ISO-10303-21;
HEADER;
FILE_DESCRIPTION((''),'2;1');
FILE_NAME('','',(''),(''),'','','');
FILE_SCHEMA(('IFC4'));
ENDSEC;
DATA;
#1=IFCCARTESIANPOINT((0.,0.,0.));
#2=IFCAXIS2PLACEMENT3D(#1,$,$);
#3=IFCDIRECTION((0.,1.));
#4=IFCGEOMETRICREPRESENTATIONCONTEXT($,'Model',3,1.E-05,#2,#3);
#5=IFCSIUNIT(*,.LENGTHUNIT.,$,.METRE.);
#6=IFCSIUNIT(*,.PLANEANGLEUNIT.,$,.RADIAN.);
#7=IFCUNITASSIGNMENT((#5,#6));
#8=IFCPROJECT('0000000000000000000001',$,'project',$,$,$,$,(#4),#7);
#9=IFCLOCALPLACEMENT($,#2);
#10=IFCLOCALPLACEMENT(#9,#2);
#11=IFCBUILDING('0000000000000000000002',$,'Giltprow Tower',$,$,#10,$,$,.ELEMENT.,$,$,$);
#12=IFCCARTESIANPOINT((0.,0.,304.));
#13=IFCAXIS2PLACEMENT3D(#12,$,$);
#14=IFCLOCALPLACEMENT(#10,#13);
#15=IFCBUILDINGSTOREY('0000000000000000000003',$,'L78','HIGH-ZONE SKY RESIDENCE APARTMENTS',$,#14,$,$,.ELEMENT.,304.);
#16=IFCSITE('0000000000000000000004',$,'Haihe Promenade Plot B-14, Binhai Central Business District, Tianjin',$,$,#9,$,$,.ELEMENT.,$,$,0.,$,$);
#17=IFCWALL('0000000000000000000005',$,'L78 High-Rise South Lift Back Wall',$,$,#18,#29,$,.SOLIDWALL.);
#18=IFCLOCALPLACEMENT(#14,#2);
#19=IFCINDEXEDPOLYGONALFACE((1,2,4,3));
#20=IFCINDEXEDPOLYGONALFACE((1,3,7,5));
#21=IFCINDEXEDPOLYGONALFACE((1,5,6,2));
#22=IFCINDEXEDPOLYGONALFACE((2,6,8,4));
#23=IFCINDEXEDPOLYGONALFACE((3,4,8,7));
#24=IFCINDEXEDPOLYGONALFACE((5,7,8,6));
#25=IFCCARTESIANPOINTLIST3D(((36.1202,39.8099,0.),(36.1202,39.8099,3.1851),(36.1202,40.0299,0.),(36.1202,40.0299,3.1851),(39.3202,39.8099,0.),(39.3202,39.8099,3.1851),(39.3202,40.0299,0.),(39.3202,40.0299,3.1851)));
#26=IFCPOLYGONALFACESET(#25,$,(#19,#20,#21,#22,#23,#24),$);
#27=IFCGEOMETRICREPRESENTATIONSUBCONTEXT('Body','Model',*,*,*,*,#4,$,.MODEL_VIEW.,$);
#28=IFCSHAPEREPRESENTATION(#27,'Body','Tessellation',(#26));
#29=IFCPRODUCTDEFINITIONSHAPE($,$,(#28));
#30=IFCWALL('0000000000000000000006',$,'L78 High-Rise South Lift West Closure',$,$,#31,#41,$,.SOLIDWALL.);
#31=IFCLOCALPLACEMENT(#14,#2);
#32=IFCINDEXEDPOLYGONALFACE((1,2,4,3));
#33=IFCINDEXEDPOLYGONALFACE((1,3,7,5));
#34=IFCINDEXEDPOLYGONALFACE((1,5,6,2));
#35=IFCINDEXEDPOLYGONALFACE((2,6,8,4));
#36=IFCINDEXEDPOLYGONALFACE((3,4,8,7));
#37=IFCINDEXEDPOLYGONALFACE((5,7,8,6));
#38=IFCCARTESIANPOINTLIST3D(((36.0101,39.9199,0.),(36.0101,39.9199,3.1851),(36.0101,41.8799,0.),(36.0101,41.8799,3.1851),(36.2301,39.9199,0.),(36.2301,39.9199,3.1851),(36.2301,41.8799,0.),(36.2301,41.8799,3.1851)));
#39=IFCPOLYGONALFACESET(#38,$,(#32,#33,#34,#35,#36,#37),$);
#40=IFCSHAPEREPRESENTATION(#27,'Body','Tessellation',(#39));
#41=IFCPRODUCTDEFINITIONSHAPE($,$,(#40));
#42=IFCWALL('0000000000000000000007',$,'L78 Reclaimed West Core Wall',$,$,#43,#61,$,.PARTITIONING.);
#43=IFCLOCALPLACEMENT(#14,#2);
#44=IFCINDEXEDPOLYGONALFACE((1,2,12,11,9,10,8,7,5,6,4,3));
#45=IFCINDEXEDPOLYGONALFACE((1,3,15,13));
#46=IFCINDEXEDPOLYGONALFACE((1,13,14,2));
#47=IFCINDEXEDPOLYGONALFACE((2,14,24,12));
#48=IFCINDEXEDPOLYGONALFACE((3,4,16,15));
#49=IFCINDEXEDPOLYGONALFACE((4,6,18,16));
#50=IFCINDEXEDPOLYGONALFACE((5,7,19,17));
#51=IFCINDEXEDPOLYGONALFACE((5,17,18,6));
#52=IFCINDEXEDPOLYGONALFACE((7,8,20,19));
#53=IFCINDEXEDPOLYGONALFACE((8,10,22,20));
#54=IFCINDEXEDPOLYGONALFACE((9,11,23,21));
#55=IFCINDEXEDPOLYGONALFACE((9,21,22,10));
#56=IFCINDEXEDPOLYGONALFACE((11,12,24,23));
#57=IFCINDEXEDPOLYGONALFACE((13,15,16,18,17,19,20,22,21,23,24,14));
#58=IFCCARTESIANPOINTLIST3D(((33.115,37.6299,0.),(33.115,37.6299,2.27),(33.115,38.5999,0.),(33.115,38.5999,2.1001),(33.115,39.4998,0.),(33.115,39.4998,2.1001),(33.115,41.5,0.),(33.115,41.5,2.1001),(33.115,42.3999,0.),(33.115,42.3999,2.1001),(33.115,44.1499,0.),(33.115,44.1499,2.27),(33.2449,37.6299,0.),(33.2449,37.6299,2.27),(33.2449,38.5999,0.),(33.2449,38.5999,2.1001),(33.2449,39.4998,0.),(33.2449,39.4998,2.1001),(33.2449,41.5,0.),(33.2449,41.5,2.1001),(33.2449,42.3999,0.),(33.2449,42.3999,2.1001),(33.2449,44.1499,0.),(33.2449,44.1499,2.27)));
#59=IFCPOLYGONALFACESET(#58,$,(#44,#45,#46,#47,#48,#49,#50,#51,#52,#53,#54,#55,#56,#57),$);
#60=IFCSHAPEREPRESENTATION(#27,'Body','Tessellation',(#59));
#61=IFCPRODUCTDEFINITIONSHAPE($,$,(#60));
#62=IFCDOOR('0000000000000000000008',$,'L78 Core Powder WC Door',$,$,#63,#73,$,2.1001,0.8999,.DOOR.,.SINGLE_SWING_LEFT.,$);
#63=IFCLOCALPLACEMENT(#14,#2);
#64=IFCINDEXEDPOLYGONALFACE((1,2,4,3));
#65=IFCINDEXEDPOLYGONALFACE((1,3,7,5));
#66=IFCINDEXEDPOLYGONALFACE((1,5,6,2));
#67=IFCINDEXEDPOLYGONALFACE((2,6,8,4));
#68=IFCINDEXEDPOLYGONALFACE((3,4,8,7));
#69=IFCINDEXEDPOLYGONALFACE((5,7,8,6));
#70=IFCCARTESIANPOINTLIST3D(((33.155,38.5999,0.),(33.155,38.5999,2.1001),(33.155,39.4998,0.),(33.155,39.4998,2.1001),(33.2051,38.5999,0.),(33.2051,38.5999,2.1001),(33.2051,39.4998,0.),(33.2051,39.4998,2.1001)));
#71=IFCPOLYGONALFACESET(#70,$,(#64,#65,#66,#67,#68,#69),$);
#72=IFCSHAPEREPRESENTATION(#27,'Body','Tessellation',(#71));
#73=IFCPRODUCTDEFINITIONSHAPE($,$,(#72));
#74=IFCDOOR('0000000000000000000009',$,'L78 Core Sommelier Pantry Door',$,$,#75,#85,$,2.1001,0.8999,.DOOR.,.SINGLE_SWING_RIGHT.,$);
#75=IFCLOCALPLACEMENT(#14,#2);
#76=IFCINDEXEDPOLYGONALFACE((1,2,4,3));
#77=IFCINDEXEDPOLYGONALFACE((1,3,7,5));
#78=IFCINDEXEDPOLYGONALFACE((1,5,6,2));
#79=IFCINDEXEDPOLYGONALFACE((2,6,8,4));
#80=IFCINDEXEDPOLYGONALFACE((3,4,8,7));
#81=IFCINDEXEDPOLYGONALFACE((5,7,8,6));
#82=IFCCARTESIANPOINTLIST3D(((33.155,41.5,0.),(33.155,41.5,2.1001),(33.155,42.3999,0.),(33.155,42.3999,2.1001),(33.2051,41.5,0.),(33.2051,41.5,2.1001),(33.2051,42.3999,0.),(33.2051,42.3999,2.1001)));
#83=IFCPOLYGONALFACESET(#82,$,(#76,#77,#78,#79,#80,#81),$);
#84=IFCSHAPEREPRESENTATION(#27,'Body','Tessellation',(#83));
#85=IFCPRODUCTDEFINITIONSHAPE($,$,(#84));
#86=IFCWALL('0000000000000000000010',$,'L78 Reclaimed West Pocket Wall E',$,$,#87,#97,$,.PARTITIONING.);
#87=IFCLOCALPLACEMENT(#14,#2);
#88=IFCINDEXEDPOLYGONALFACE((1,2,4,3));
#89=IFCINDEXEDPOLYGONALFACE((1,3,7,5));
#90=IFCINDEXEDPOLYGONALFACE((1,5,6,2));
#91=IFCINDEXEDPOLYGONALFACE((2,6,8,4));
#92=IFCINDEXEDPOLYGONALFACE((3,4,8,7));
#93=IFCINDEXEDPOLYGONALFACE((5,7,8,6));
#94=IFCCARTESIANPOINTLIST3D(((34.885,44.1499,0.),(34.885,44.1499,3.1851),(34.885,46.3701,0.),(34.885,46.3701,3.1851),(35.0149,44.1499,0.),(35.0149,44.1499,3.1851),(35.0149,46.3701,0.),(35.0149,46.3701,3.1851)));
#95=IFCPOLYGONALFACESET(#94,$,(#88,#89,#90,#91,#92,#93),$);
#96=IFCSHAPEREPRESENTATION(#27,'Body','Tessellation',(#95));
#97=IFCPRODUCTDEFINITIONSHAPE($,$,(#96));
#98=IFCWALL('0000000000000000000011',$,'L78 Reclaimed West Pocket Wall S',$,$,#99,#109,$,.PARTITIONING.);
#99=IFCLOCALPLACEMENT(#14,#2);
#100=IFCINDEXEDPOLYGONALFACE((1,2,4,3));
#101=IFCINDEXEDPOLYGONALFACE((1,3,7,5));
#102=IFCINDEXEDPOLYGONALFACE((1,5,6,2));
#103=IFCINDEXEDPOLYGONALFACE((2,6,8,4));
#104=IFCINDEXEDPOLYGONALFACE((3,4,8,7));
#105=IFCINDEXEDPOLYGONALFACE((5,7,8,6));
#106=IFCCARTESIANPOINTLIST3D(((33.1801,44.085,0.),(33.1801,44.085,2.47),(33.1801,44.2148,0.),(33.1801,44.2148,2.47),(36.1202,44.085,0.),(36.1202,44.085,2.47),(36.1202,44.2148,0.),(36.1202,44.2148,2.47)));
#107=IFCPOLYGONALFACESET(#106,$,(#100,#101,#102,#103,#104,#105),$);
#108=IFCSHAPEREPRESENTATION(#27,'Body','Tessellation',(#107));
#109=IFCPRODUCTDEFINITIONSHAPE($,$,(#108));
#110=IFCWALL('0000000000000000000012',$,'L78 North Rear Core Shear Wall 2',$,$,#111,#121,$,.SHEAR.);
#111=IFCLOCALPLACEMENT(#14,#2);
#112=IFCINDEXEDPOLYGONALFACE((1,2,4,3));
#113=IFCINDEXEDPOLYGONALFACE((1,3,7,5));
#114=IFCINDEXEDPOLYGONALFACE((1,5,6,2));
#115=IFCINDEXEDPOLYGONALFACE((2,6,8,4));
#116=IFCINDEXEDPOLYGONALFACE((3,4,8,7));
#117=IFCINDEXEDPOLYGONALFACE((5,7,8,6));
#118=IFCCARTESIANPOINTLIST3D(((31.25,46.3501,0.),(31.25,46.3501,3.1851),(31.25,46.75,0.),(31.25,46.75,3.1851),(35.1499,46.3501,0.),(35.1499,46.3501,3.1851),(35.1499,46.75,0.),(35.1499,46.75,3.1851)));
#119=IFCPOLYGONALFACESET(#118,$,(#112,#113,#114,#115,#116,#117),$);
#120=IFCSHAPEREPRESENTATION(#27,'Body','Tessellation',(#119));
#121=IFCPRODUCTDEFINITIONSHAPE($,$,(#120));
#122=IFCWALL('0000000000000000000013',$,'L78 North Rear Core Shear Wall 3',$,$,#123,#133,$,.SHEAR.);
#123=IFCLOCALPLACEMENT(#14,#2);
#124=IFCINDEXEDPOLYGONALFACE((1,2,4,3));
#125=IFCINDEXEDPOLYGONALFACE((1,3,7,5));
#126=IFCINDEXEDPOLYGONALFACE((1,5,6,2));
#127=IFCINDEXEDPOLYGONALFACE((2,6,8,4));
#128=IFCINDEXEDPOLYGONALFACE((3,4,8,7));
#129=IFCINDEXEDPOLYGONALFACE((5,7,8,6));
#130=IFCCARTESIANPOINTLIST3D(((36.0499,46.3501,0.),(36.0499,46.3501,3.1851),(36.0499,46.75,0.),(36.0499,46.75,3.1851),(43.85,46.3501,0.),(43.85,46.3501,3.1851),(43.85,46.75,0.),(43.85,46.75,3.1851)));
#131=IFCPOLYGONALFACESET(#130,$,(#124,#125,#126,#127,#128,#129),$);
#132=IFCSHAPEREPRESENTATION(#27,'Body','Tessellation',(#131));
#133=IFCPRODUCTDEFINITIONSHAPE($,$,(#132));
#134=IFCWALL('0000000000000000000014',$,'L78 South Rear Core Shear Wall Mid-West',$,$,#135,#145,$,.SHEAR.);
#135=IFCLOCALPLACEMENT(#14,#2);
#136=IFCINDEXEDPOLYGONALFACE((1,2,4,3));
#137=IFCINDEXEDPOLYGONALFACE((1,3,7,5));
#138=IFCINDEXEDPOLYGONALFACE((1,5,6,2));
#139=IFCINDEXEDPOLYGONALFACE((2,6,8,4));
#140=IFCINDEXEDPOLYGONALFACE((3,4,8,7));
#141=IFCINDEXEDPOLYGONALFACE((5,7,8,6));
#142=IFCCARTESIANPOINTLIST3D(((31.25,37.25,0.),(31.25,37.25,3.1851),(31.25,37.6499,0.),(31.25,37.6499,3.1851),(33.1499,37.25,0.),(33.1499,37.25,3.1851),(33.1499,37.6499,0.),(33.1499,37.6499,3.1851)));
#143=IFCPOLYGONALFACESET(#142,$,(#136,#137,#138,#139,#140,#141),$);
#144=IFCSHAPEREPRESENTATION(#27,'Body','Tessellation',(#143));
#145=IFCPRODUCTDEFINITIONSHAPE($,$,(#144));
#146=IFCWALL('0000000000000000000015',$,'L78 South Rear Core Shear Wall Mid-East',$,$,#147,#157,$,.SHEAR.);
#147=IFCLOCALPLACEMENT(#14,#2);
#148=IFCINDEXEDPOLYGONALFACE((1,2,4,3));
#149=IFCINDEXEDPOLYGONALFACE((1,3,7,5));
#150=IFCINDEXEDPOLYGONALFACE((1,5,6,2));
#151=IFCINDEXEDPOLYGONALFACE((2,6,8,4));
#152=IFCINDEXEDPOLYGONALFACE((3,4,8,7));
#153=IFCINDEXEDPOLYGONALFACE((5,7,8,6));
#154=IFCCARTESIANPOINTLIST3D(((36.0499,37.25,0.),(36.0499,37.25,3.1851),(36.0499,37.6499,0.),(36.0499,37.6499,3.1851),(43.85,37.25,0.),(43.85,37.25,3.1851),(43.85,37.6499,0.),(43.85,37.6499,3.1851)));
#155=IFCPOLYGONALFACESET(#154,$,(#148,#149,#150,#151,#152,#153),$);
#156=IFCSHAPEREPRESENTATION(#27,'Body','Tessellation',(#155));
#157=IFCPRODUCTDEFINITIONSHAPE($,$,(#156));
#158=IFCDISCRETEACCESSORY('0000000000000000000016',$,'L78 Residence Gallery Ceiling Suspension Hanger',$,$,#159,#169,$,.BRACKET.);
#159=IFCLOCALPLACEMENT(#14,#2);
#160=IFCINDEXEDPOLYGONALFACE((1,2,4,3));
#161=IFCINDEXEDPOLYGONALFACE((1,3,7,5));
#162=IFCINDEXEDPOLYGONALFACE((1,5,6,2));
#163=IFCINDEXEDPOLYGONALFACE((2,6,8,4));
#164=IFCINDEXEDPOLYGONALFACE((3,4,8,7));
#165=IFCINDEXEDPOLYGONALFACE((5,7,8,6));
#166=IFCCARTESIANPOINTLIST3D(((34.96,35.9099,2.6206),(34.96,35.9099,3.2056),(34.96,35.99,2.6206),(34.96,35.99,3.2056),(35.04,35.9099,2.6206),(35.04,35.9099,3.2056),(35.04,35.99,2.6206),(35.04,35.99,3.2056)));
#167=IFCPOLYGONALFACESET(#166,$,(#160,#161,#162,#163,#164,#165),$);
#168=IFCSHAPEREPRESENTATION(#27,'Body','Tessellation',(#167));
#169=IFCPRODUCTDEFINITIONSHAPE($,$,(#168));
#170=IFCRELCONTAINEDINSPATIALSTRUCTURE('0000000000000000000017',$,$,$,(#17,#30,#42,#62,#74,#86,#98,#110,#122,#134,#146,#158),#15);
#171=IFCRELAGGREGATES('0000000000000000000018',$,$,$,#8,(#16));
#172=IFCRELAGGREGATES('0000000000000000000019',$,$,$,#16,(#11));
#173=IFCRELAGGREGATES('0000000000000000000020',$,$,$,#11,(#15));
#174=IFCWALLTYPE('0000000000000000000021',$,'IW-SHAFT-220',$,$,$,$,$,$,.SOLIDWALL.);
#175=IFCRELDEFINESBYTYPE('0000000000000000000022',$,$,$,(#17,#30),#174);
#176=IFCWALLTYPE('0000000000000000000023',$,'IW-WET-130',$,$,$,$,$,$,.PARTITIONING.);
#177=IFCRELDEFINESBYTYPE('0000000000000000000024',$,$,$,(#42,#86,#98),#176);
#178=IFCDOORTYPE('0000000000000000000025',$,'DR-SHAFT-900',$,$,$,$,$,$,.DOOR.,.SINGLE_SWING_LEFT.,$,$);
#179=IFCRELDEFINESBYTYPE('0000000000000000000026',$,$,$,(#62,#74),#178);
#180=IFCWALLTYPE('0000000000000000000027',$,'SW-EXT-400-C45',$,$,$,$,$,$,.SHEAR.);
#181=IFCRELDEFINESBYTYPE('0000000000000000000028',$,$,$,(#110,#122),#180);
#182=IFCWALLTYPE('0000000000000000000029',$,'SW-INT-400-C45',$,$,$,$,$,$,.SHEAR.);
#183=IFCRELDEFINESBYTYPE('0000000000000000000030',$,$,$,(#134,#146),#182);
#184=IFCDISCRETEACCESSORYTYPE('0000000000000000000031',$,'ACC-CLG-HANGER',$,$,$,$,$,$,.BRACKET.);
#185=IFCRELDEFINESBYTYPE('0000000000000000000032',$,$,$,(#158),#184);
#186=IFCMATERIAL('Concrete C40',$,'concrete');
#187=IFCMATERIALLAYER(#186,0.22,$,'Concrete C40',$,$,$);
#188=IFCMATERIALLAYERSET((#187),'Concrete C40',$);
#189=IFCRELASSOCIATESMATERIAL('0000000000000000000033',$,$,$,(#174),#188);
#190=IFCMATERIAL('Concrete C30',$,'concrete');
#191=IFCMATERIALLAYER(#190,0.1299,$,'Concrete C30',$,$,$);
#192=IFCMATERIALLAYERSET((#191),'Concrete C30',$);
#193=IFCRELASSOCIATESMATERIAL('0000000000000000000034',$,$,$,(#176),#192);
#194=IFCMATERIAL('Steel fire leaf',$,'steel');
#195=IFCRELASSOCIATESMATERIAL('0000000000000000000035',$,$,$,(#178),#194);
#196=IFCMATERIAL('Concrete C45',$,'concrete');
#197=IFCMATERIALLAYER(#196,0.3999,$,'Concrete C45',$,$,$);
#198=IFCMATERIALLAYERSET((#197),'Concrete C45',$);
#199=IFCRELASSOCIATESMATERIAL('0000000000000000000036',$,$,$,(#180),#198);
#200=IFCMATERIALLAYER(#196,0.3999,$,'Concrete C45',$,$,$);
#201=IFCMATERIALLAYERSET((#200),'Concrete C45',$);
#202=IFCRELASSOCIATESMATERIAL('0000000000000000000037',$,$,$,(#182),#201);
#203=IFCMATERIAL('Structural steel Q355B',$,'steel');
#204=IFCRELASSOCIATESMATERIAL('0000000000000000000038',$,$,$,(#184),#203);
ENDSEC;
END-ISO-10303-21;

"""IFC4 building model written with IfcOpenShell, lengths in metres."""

from ifc_helpers import new_model, si_unit, direction, frame, frame_2d, origin, origin_2d, place, context, subcontext, project, spatial, rectangle, extrude, source, transform, mapped, material, layer, layer_set, type_object, element, fill, save


model = new_model("IFC4")

# Units and contexts
model_context = context("Model", 3, precision=1e-05, world=origin(), true_north=direction((0.0, 1.0)))
body_context = subcontext(model_context, "Body", "Model", "MODEL_VIEW")
ifc_project = project(units=[si_unit("LENGTHUNIT", "METRE"), si_unit("PLANEANGLEUNIT", "RADIAN")], contexts=[model_context])

# Site, building, storey
site_placement = place(None, origin())
site = spatial("IfcSite", under=ifc_project, at=site_placement, Name="Haihe Promenade Plot B-14, Binhai Central Business District, Tianjin", CompositionType="ELEMENT", RefElevation=0.0)
building_placement = place(site_placement, origin())
building = spatial("IfcBuilding", under=site, at=building_placement, Name="Giltprow Tower", CompositionType="ELEMENT")
storey_placement = place(building_placement, frame((0.0, 0.0, 304.0)))
storey = spatial("IfcBuildingStorey", under=building, at=storey_placement, Name="L78", Description="HIGH-ZONE SKY RESIDENCE APARTMENTS", CompositionType="ELEMENT", Elevation=304.0)

# Shared definitions
ifc_material_1 = material(Name="Concrete C45", Category="concrete")

# Shared definitions
ifc_material_2 = material(Name="Structural steel Q355B", Category="steel")

# Shared definitions
ifc_material_3 = material(Name="Concrete C40", Category="concrete")
ifc_layer_1 = layer(ifc_material_3, 0.22, Name="Concrete C40")
ifc_layer_set_1 = layer_set([ifc_layer_1], Name="Concrete C40")
wall_type_1 = type_object("IfcWallType", Name="IW-SHAFT-220", PredefinedType="SOLIDWALL", material=ifc_layer_set_1)

# Walls
wall_1_placement = place(storey_placement, frame((36.1201, 39.9199, 0.0), z_axis=(0.0, 0.0, 1.0), x_axis=(1.0, 0.0, 0.0)))
element("IfcWall", 1, at=wall_1_placement, inside=storey, type_object=wall_type_1, Name="L78 High-Rise South Lift Back Wall", PredefinedType="SOLIDWALL", context=body_context, shape_type="SweptSolid", body=[
    extrude(rectangle(XDim=3.2, YDim=0.22, at=frame_2d((1.6001, 0.0))), origin(), (0.0, 0.0, 1.0), 3.1851),
])
wall_2_placement = place(storey_placement, frame((36.1201, 39.9199, 0.0), z_axis=(0.0, 0.0, 1.0), x_axis=(0.0, 1.0, 0.0)))
element("IfcWall", 2, at=wall_2_placement, inside=storey, type_object=wall_type_1, Name="L78 High-Rise South Lift West Closure", PredefinedType="SOLIDWALL", context=body_context, shape_type="SweptSolid", body=[
    extrude(rectangle(XDim=1.96, YDim=0.22, at=frame_2d((0.98, 0.0))), origin(), (0.0, 0.0, 1.0), 3.1851),
])

# Wall, openings, doors
ifc_material_4 = material(Name="Concrete C30", Category="concrete")
ifc_layer_2 = layer(ifc_material_4, 0.1299, Name="Concrete C30")
ifc_layer_set_2 = layer_set([ifc_layer_2], Name="Concrete C30")
wall_type_2 = type_object("IfcWallType", Name="IW-WET-130", PredefinedType="PARTITIONING", material=ifc_layer_set_2)
wall_3_placement = place(storey_placement, frame((33.1799, 37.6299, 0.0), z_axis=(0.0, 0.0, 1.0), x_axis=(0.0, 1.0, 0.0)))
wall_3 = element("IfcWall", 3, at=wall_3_placement, inside=storey, type_object=wall_type_2, Name="L78 Reclaimed West Core Wall", PredefinedType="PARTITIONING", context=body_context, shape_type="SweptSolid", body=[
    extrude(rectangle(XDim=6.52, YDim=0.1299, at=frame_2d((3.26, 0.0))), origin(), (0.0, 0.0, 1.0), 2.27),
])
opening_1_placement = place(wall_3_placement, frame((0.97, 0.0, 0.0)))
opening_1 = element("IfcOpeningElement", 4, at=opening_1_placement, cuts=wall_3, PredefinedType="OPENING", context=body_context, shape_type="SweptSolid", body=[
    extrude(rectangle(XDim=0.8999, YDim=2.1001, at=frame_2d((0.45, 1.05))), frame((0.0, 0.075, 0.0), z_axis=(0.0, -1.0, 0.0), x_axis=(1.0, 0.0, 0.0)), (0.0, 0.0, 1.0), 0.1499),
])
opening_2_placement = place(wall_3_placement, frame((3.8701, 0.0, 0.0)))
opening_2 = element("IfcOpeningElement", 5, at=opening_2_placement, cuts=wall_3, PredefinedType="OPENING", context=body_context, shape_type="SweptSolid", body=[
    extrude(rectangle(XDim=0.8999, YDim=2.1001, at=frame_2d((0.45, 1.05))), frame((0.0, 0.075, 0.0), z_axis=(0.0, -1.0, 0.0), x_axis=(1.0, 0.0, 0.0)), (0.0, 0.0, 1.0), 0.1499),
])
ifc_material_5 = material(Name="Steel fire leaf", Category="steel")
door_type_1 = type_object("IfcDoorType", Name="DR-SHAFT-900", OperationType="SINGLE_SWING_LEFT", PredefinedType="DOOR", material=ifc_material_5)
shared_shape_1 = source(origin(), body_context, "Body", "SweptSolid", [
    extrude(rectangle(XDim=0.8999, YDim=2.1001, at=frame_2d((0.45, 1.05))), frame((0.0, 0.0249, 0.0), z_axis=(0.0, -1.0, 0.0), x_axis=(1.0, 0.0, 0.0)), (0.0, 0.0, 1.0), 0.05),
])
door_1_placement = place(opening_1_placement, origin())
door_1 = element("IfcDoor", 6, at=door_1_placement, inside=storey, type_object=door_type_1, Name="L78 Core Powder WC Door", OperationType="SINGLE_SWING_LEFT", OverallHeight=2.1001, OverallWidth=0.8999, PredefinedType="DOOR", context=body_context, shape_type="MappedRepresentation", body=[
    mapped(shared_shape_1, transform((0.0, 0.0, 0.0), x_axis=(1.0, 0.0, 0.0), y_axis=(0.0, 1.0, 0.0), z_axis=(0.0, 0.0, 1.0), scale=1.0)),
])
fill(opening_1, door_1)
door_2_placement = place(opening_2_placement, origin())
door_2 = element("IfcDoor", 7, at=door_2_placement, inside=storey, type_object=door_type_1, Name="L78 Core Sommelier Pantry Door", OperationType="SINGLE_SWING_RIGHT", OverallHeight=2.1001, OverallWidth=0.8999, PredefinedType="DOOR", context=body_context, shape_type="MappedRepresentation", body=[
    mapped(shared_shape_1, transform((0.0, 0.0, 0.0), x_axis=(1.0, 0.0, 0.0), y_axis=(0.0, 1.0, 0.0), z_axis=(0.0, 0.0, 1.0), scale=1.0)),
])
fill(opening_2, door_2)

# Walls
wall_4_placement = place(storey_placement, frame((34.95, 44.1499, 0.0), z_axis=(0.0, 0.0, 1.0), x_axis=(0.0, 1.0, 0.0)))
element("IfcWall", 8, at=wall_4_placement, inside=storey, type_object=wall_type_2, Name="L78 Reclaimed West Pocket Wall E", PredefinedType="PARTITIONING", context=body_context, shape_type="SweptSolid", body=[
    extrude(rectangle(XDim=2.2202, YDim=0.1299, at=frame_2d((1.1101, 0.0))), origin(), (0.0, 0.0, 1.0), 3.1851),
])
wall_5_placement = place(storey_placement, frame((33.1799, 44.1499, 0.0), z_axis=(0.0, 0.0, 1.0), x_axis=(1.0, 0.0, 0.0)))
element("IfcWall", 9, at=wall_5_placement, inside=storey, type_object=wall_type_2, Name="L78 Reclaimed West Pocket Wall S", PredefinedType="PARTITIONING", context=body_context, shape_type="SweptSolid", body=[
    extrude(rectangle(XDim=2.9402, YDim=0.1299, at=frame_2d((1.4702, 0.0))), origin(), (0.0, 0.0, 1.0), 2.47),
])
ifc_layer_3 = layer(ifc_material_1, 0.3999, Name="Concrete C45")
ifc_layer_set_3 = layer_set([ifc_layer_3], Name="Concrete C45")
wall_type_3 = type_object("IfcWallType", Name="SW-EXT-400-C45", PredefinedType="SHEAR", material=ifc_layer_set_3)
wall_6_placement = place(storey_placement, frame((31.25, 46.55, 0.0), z_axis=(0.0, 0.0, 1.0), x_axis=(1.0, 0.0, 0.0)))
element("IfcWall", 10, at=wall_6_placement, inside=storey, type_object=wall_type_3, Name="L78 North Rear Core Shear Wall 2", PredefinedType="SHEAR", context=body_context, shape_type="SweptSolid", body=[
    extrude(rectangle(XDim=3.8999, YDim=0.3999, at=frame_2d((1.95, 0.0))), origin(), (0.0, 0.0, 1.0), 3.1851),
])
wall_7_placement = place(storey_placement, frame((36.05, 46.55, 0.0), z_axis=(0.0, 0.0, 1.0), x_axis=(1.0, 0.0, 0.0)))
element("IfcWall", 11, at=wall_7_placement, inside=storey, type_object=wall_type_3, Name="L78 North Rear Core Shear Wall 3", PredefinedType="SHEAR", context=body_context, shape_type="SweptSolid", body=[
    extrude(rectangle(XDim=7.8, YDim=0.3999, at=frame_2d((3.8999, 0.0))), origin(), (0.0, 0.0, 1.0), 3.1851),
])
ifc_layer_4 = layer(ifc_material_1, 0.3999, Name="Concrete C45")
ifc_layer_set_4 = layer_set([ifc_layer_4], Name="Concrete C45")
wall_type_4 = type_object("IfcWallType", Name="SW-INT-400-C45", PredefinedType="SHEAR", material=ifc_layer_set_4)
wall_8_placement = place(storey_placement, frame((31.25, 37.45, 0.0), z_axis=(0.0, 0.0, 1.0), x_axis=(1.0, 0.0, 0.0)))
element("IfcWall", 12, at=wall_8_placement, inside=storey, type_object=wall_type_4, Name="L78 South Rear Core Shear Wall Mid-West", PredefinedType="SHEAR", context=body_context, shape_type="SweptSolid", body=[
    extrude(rectangle(XDim=1.8999, YDim=0.3999, at=frame_2d((0.95, 0.0))), origin(), (0.0, 0.0, 1.0), 3.1851),
])
wall_9_placement = place(storey_placement, frame((36.05, 37.45, 0.0), z_axis=(0.0, 0.0, 1.0), x_axis=(1.0, 0.0, 0.0)))
element("IfcWall", 13, at=wall_9_placement, inside=storey, type_object=wall_type_4, Name="L78 South Rear Core Shear Wall Mid-East", PredefinedType="SHEAR", context=body_context, shape_type="SweptSolid", body=[
    extrude(rectangle(XDim=7.8, YDim=0.3999, at=frame_2d((3.8999, 0.0))), origin(), (0.0, 0.0, 1.0), 3.1851),
])

# Discrete accessory
discrete_accessory_type = type_object("IfcDiscreteAccessoryType", Name="ACC-CLG-HANGER", PredefinedType="BRACKET", material=ifc_material_2)
shared_shape_2 = source(origin(), body_context, "Body", "SweptSolid", [
    extrude(rectangle(XDim=0.0801, YDim=0.0801, at=origin_2d()), origin(), (0.0, 0.0, 1.0), 0.585),
])
discrete_accessory_placement = place(storey_placement, frame((35.0, 35.95, 2.6206), z_axis=(0.0, 0.0, 1.0), x_axis=(1.0, 0.0, 0.0)))
element("IfcDiscreteAccessory", 14, at=discrete_accessory_placement, inside=storey, type_object=discrete_accessory_type, Name="L78 Residence Gallery Ceiling Suspension Hanger", PredefinedType="BRACKET", context=body_context, shape_type="MappedRepresentation", body=[
    mapped(shared_shape_2, transform((0.0, 0.0, 0.0), x_axis=(1.0, 0.0, 0.0), y_axis=(0.0, 1.0, 0.0), z_axis=(0.0, 0.0, 1.0), scale=1.0)),
])

save(model, "model.ifc")
